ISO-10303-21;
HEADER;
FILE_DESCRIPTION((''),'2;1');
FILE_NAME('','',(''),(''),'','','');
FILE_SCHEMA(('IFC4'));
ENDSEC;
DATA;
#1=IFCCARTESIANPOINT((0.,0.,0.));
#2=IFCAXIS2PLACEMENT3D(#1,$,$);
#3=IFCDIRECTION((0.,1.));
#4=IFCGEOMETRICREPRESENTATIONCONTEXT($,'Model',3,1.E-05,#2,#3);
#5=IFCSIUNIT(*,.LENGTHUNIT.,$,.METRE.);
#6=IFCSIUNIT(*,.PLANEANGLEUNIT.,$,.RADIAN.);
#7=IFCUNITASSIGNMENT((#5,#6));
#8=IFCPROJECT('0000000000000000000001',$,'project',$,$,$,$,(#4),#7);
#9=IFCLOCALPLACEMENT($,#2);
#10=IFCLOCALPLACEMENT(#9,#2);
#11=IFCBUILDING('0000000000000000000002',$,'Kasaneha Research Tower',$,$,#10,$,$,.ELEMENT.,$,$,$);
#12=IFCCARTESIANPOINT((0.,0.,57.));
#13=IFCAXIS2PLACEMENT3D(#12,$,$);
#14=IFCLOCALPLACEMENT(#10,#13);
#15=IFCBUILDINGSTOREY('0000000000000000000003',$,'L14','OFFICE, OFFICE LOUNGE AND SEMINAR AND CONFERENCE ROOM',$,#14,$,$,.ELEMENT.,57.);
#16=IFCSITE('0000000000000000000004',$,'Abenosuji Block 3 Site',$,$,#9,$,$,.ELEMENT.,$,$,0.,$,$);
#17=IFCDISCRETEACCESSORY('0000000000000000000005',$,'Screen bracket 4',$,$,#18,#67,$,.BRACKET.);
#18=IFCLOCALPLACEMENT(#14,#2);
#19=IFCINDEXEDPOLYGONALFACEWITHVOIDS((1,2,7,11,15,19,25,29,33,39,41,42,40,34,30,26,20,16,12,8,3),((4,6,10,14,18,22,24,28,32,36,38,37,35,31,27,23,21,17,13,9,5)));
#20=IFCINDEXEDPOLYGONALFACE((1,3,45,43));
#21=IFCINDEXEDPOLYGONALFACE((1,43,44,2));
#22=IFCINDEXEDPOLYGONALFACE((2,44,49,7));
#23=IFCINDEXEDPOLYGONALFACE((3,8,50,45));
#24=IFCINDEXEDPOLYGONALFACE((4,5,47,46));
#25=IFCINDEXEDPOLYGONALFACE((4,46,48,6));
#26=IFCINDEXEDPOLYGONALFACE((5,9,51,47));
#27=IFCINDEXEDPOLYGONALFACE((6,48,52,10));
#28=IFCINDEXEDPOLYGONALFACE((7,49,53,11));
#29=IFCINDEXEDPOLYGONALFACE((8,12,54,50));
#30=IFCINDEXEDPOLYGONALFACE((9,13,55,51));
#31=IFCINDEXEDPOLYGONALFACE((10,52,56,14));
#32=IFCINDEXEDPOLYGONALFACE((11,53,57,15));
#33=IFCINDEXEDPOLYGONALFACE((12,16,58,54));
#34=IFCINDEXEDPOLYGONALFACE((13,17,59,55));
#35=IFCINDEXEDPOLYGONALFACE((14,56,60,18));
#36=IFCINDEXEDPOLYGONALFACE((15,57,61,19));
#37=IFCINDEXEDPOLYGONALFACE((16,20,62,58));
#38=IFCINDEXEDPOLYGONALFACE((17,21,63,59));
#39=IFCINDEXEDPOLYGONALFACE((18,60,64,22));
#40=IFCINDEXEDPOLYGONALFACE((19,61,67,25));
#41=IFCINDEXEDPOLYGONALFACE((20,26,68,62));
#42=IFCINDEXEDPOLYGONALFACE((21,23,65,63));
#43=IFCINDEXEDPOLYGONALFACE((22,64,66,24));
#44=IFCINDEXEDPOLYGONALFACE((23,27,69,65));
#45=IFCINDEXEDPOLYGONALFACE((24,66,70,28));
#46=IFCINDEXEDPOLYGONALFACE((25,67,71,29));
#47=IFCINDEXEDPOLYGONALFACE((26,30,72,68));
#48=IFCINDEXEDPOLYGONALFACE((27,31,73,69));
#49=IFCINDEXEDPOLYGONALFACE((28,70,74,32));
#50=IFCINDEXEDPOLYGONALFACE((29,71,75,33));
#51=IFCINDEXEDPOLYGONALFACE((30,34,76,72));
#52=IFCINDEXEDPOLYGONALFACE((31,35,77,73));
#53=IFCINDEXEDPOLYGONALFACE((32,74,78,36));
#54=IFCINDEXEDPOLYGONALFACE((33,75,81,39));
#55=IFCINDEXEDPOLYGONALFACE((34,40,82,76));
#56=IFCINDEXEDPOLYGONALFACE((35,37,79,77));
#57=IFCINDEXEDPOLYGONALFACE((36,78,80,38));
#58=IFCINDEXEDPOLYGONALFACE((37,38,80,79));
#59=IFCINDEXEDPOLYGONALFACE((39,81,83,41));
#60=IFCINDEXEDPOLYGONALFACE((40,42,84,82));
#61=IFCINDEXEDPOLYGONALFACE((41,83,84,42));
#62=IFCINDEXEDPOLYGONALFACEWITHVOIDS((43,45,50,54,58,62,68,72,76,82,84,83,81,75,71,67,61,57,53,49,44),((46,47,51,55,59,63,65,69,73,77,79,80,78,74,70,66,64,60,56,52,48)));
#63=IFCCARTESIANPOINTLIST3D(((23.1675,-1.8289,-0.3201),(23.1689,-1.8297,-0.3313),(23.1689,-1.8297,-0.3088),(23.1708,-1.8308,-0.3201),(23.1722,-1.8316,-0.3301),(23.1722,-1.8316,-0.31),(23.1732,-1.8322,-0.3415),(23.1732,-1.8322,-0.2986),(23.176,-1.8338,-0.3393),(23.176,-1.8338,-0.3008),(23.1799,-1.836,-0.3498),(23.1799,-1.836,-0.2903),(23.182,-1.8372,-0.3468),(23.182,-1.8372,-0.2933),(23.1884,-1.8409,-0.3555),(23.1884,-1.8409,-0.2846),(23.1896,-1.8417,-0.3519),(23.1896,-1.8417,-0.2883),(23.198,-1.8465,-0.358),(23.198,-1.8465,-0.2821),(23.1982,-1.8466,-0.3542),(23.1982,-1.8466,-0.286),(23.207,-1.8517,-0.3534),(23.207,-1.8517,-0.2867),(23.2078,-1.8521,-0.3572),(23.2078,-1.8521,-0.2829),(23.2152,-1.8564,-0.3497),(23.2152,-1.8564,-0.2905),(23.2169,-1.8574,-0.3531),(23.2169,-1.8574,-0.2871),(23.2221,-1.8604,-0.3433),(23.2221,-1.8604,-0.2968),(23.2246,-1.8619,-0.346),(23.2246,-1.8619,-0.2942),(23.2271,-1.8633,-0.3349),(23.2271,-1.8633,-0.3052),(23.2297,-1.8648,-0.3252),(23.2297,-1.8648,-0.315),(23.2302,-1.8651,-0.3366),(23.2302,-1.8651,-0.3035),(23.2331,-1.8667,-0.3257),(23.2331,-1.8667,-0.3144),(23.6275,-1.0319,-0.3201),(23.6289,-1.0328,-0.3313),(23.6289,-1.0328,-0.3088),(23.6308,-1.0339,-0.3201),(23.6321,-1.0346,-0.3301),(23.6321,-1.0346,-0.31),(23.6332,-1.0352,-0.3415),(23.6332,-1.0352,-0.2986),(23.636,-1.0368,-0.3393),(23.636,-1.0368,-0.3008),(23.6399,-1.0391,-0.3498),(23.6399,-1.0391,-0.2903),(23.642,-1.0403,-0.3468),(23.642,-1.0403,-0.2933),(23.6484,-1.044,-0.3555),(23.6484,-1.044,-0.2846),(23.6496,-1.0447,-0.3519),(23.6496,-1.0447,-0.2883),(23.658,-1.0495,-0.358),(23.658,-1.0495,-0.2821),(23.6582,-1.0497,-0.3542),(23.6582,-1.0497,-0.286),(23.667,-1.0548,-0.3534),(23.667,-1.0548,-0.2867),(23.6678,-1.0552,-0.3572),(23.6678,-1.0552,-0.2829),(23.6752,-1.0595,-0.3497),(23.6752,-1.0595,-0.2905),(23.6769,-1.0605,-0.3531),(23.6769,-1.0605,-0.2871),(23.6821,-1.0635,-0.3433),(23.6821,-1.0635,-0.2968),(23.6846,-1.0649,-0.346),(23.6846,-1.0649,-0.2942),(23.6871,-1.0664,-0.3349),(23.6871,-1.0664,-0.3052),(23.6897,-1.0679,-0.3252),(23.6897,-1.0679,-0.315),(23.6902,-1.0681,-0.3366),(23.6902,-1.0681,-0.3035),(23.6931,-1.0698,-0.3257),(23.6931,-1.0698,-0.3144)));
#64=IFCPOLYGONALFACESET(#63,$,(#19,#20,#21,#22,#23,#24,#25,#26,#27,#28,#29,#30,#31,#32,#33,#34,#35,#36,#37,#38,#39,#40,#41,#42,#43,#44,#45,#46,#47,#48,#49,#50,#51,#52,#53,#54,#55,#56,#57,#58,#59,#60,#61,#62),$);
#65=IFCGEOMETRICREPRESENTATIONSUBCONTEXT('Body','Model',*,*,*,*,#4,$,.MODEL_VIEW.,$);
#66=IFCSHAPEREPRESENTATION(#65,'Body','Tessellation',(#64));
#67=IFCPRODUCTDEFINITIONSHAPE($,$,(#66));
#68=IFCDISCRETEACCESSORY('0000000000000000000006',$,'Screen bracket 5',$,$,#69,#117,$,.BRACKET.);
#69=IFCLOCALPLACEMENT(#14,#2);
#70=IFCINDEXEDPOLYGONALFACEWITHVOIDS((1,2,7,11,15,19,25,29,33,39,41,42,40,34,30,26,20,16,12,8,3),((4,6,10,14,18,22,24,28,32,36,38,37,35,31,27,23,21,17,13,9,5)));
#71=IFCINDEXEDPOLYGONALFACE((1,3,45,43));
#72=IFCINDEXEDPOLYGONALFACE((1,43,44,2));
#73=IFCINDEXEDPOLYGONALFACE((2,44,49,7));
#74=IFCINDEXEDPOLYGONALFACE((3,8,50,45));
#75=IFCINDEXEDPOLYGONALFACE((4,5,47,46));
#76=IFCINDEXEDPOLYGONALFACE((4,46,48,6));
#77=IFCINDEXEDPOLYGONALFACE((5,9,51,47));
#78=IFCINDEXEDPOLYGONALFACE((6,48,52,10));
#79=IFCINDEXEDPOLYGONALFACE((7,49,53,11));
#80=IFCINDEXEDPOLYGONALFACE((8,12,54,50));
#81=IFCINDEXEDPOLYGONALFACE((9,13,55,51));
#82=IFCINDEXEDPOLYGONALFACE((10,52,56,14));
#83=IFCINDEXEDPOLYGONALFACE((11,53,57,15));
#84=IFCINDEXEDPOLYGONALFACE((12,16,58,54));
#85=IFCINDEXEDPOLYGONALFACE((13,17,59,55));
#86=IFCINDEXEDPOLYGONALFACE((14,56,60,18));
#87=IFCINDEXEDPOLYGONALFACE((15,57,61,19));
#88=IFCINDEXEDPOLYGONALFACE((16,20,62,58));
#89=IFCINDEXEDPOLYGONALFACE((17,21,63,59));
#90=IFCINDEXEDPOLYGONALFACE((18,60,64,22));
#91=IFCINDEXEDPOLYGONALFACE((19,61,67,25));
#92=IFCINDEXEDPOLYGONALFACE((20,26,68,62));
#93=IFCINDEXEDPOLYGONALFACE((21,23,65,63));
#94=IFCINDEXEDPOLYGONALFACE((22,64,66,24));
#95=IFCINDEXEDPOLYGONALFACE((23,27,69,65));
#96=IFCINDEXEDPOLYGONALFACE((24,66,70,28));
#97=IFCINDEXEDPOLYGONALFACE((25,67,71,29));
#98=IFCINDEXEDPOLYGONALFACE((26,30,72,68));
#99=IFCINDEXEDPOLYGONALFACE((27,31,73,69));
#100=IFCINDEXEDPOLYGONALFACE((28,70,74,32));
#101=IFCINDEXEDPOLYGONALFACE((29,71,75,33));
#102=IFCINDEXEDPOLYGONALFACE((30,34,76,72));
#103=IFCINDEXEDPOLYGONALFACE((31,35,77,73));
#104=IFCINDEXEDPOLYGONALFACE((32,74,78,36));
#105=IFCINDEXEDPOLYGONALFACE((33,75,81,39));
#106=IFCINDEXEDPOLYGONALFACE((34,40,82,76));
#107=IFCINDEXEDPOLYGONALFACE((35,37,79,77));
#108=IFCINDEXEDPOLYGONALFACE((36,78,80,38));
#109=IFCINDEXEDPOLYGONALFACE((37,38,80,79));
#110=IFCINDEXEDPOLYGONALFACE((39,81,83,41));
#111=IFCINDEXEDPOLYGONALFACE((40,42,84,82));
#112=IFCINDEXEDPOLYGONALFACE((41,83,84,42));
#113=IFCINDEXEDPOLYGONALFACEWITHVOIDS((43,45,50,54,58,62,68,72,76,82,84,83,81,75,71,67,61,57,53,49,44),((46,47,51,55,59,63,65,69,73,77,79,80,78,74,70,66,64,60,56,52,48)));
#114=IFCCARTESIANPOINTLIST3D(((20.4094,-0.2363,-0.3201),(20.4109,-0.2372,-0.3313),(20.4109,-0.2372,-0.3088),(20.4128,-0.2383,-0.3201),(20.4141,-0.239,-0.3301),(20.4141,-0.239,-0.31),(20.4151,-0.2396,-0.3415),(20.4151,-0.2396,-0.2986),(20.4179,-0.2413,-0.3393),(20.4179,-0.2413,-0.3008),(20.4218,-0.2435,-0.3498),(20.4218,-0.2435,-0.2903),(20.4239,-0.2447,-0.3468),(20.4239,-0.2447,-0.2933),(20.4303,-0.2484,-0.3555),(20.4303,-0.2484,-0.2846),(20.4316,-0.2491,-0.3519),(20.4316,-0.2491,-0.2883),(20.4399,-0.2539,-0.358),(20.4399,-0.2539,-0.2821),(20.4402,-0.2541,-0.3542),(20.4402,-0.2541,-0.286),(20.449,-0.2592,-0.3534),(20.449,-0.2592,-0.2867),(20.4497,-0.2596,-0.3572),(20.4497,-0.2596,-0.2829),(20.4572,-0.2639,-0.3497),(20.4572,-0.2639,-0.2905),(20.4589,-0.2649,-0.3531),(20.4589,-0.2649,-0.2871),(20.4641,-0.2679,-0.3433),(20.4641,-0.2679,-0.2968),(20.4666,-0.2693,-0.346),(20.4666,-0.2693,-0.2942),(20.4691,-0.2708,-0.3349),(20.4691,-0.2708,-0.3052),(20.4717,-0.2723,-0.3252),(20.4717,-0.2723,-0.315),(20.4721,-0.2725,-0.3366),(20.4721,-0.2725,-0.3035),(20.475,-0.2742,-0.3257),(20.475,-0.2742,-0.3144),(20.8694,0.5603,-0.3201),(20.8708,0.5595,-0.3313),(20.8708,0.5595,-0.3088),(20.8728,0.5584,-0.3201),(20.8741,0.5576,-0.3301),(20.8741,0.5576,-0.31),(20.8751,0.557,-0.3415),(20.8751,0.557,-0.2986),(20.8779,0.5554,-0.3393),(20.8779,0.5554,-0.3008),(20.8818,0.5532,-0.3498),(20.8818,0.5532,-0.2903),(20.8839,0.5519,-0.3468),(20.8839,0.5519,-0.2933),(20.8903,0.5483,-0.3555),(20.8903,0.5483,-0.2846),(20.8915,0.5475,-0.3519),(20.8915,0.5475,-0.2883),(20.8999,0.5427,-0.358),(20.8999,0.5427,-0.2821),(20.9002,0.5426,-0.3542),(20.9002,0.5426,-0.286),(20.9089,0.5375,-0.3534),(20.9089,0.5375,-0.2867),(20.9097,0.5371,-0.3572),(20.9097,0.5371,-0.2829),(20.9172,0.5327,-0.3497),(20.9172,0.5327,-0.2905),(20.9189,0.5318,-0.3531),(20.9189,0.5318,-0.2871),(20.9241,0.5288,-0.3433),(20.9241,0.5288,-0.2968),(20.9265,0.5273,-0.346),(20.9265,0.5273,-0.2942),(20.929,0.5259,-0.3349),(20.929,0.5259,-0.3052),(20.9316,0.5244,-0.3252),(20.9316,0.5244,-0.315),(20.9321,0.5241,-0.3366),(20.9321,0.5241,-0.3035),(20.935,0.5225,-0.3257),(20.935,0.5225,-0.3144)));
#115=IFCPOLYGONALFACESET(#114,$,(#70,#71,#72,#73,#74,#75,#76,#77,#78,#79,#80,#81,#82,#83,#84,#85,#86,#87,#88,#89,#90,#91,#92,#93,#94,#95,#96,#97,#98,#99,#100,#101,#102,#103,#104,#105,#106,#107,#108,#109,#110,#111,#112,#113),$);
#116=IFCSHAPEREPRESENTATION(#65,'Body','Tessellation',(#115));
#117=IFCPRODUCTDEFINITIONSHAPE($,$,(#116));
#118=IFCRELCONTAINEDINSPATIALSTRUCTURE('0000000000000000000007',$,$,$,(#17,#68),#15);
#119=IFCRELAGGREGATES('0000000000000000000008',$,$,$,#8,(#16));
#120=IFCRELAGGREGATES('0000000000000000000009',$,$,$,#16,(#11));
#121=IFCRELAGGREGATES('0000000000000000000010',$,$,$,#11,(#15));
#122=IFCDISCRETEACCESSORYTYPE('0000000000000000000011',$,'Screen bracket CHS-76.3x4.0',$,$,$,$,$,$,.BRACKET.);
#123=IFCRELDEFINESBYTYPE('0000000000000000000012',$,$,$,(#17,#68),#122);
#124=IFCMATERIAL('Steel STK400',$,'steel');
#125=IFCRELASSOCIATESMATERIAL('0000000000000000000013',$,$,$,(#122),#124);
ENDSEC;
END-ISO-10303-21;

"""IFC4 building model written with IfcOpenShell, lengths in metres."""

from ifc_helpers import new_model, si_unit, direction, frame, origin, origin_2d, place, context, subcontext, project, spatial, hollow_circle, extrude, material, material_profile, profile_set, type_object, element, save


model = new_model("IFC4")

# Units and contexts
model_context = context("Model", 3, precision=1e-05, world=origin(), true_north=direction((0.0, 1.0)))
body_context = subcontext(model_context, "Body", "Model", "MODEL_VIEW")
ifc_project = project(units=[si_unit("LENGTHUNIT", "METRE"), si_unit("PLANEANGLEUNIT", "RADIAN")], contexts=[model_context])

# Site, building, storey
site_placement = place(None, origin())
site = spatial("IfcSite", under=ifc_project, at=site_placement, Name="Abenosuji Block 3 Site", CompositionType="ELEMENT", RefElevation=0.0)
building_placement = place(site_placement, origin())
building = spatial("IfcBuilding", under=site, at=building_placement, Name="Kasaneha Research Tower", CompositionType="ELEMENT")
storey_placement = place(building_placement, frame((0.0, 0.0, 57.0)))
storey = spatial("IfcBuildingStorey", under=building, at=storey_placement, Name="L14", Description="OFFICE, OFFICE LOUNGE AND SEMINAR AND CONFERENCE ROOM", CompositionType="ELEMENT", Elevation=57.0)

# Discrete accessories
ifc_material = material(Name="Steel STK400", Category="steel")
ifc_material_profile = material_profile(ifc_material, hollow_circle(Radius=0.0381, WallThickness=0.0039, at=origin_2d()), Name="CHS-76.3x4.0")
ifc_profile_set = profile_set([ifc_material_profile], Name="Steel STK400")
discrete_accessory_type = type_object("IfcDiscreteAccessoryType", Name="Screen bracket CHS-76.3x4.0", PredefinedType="BRACKET", material=ifc_profile_set)
discrete_accessory_1_placement = place(storey_placement, frame((23.2004, -1.8479, -0.3201), z_axis=(0.499906, 0.86608, 0.0), x_axis=(-0.86608, 0.499906, 0.0)))
element("IfcDiscreteAccessory", 1, at=discrete_accessory_1_placement, inside=storey, type_object=discrete_accessory_type, Name="Screen bracket 4", PredefinedType="BRACKET", context=body_context, shape_type="SweptSolid", body=[
    extrude(hollow_circle(Radius=0.0381, WallThickness=0.0039, at=origin_2d()), origin(), (0.0, 0.0, 1.0), 0.9202),
])
discrete_accessory_2_placement = place(storey_placement, frame((20.4424, -0.2554, -0.3201), z_axis=(0.500021, 0.866013, 0.0), x_axis=(-0.866013, 0.500021, 0.0)))
element("IfcDiscreteAccessory", 2, at=discrete_accessory_2_placement, inside=storey, type_object=discrete_accessory_type, Name="Screen bracket 5", PredefinedType="BRACKET", context=body_context, shape_type="SweptSolid", body=[
    extrude(hollow_circle(Radius=0.0381, WallThickness=0.0039, at=origin_2d()), origin(), (0.0, 0.0, 1.0), 0.9199),
])

save(model, "model.ifc")
